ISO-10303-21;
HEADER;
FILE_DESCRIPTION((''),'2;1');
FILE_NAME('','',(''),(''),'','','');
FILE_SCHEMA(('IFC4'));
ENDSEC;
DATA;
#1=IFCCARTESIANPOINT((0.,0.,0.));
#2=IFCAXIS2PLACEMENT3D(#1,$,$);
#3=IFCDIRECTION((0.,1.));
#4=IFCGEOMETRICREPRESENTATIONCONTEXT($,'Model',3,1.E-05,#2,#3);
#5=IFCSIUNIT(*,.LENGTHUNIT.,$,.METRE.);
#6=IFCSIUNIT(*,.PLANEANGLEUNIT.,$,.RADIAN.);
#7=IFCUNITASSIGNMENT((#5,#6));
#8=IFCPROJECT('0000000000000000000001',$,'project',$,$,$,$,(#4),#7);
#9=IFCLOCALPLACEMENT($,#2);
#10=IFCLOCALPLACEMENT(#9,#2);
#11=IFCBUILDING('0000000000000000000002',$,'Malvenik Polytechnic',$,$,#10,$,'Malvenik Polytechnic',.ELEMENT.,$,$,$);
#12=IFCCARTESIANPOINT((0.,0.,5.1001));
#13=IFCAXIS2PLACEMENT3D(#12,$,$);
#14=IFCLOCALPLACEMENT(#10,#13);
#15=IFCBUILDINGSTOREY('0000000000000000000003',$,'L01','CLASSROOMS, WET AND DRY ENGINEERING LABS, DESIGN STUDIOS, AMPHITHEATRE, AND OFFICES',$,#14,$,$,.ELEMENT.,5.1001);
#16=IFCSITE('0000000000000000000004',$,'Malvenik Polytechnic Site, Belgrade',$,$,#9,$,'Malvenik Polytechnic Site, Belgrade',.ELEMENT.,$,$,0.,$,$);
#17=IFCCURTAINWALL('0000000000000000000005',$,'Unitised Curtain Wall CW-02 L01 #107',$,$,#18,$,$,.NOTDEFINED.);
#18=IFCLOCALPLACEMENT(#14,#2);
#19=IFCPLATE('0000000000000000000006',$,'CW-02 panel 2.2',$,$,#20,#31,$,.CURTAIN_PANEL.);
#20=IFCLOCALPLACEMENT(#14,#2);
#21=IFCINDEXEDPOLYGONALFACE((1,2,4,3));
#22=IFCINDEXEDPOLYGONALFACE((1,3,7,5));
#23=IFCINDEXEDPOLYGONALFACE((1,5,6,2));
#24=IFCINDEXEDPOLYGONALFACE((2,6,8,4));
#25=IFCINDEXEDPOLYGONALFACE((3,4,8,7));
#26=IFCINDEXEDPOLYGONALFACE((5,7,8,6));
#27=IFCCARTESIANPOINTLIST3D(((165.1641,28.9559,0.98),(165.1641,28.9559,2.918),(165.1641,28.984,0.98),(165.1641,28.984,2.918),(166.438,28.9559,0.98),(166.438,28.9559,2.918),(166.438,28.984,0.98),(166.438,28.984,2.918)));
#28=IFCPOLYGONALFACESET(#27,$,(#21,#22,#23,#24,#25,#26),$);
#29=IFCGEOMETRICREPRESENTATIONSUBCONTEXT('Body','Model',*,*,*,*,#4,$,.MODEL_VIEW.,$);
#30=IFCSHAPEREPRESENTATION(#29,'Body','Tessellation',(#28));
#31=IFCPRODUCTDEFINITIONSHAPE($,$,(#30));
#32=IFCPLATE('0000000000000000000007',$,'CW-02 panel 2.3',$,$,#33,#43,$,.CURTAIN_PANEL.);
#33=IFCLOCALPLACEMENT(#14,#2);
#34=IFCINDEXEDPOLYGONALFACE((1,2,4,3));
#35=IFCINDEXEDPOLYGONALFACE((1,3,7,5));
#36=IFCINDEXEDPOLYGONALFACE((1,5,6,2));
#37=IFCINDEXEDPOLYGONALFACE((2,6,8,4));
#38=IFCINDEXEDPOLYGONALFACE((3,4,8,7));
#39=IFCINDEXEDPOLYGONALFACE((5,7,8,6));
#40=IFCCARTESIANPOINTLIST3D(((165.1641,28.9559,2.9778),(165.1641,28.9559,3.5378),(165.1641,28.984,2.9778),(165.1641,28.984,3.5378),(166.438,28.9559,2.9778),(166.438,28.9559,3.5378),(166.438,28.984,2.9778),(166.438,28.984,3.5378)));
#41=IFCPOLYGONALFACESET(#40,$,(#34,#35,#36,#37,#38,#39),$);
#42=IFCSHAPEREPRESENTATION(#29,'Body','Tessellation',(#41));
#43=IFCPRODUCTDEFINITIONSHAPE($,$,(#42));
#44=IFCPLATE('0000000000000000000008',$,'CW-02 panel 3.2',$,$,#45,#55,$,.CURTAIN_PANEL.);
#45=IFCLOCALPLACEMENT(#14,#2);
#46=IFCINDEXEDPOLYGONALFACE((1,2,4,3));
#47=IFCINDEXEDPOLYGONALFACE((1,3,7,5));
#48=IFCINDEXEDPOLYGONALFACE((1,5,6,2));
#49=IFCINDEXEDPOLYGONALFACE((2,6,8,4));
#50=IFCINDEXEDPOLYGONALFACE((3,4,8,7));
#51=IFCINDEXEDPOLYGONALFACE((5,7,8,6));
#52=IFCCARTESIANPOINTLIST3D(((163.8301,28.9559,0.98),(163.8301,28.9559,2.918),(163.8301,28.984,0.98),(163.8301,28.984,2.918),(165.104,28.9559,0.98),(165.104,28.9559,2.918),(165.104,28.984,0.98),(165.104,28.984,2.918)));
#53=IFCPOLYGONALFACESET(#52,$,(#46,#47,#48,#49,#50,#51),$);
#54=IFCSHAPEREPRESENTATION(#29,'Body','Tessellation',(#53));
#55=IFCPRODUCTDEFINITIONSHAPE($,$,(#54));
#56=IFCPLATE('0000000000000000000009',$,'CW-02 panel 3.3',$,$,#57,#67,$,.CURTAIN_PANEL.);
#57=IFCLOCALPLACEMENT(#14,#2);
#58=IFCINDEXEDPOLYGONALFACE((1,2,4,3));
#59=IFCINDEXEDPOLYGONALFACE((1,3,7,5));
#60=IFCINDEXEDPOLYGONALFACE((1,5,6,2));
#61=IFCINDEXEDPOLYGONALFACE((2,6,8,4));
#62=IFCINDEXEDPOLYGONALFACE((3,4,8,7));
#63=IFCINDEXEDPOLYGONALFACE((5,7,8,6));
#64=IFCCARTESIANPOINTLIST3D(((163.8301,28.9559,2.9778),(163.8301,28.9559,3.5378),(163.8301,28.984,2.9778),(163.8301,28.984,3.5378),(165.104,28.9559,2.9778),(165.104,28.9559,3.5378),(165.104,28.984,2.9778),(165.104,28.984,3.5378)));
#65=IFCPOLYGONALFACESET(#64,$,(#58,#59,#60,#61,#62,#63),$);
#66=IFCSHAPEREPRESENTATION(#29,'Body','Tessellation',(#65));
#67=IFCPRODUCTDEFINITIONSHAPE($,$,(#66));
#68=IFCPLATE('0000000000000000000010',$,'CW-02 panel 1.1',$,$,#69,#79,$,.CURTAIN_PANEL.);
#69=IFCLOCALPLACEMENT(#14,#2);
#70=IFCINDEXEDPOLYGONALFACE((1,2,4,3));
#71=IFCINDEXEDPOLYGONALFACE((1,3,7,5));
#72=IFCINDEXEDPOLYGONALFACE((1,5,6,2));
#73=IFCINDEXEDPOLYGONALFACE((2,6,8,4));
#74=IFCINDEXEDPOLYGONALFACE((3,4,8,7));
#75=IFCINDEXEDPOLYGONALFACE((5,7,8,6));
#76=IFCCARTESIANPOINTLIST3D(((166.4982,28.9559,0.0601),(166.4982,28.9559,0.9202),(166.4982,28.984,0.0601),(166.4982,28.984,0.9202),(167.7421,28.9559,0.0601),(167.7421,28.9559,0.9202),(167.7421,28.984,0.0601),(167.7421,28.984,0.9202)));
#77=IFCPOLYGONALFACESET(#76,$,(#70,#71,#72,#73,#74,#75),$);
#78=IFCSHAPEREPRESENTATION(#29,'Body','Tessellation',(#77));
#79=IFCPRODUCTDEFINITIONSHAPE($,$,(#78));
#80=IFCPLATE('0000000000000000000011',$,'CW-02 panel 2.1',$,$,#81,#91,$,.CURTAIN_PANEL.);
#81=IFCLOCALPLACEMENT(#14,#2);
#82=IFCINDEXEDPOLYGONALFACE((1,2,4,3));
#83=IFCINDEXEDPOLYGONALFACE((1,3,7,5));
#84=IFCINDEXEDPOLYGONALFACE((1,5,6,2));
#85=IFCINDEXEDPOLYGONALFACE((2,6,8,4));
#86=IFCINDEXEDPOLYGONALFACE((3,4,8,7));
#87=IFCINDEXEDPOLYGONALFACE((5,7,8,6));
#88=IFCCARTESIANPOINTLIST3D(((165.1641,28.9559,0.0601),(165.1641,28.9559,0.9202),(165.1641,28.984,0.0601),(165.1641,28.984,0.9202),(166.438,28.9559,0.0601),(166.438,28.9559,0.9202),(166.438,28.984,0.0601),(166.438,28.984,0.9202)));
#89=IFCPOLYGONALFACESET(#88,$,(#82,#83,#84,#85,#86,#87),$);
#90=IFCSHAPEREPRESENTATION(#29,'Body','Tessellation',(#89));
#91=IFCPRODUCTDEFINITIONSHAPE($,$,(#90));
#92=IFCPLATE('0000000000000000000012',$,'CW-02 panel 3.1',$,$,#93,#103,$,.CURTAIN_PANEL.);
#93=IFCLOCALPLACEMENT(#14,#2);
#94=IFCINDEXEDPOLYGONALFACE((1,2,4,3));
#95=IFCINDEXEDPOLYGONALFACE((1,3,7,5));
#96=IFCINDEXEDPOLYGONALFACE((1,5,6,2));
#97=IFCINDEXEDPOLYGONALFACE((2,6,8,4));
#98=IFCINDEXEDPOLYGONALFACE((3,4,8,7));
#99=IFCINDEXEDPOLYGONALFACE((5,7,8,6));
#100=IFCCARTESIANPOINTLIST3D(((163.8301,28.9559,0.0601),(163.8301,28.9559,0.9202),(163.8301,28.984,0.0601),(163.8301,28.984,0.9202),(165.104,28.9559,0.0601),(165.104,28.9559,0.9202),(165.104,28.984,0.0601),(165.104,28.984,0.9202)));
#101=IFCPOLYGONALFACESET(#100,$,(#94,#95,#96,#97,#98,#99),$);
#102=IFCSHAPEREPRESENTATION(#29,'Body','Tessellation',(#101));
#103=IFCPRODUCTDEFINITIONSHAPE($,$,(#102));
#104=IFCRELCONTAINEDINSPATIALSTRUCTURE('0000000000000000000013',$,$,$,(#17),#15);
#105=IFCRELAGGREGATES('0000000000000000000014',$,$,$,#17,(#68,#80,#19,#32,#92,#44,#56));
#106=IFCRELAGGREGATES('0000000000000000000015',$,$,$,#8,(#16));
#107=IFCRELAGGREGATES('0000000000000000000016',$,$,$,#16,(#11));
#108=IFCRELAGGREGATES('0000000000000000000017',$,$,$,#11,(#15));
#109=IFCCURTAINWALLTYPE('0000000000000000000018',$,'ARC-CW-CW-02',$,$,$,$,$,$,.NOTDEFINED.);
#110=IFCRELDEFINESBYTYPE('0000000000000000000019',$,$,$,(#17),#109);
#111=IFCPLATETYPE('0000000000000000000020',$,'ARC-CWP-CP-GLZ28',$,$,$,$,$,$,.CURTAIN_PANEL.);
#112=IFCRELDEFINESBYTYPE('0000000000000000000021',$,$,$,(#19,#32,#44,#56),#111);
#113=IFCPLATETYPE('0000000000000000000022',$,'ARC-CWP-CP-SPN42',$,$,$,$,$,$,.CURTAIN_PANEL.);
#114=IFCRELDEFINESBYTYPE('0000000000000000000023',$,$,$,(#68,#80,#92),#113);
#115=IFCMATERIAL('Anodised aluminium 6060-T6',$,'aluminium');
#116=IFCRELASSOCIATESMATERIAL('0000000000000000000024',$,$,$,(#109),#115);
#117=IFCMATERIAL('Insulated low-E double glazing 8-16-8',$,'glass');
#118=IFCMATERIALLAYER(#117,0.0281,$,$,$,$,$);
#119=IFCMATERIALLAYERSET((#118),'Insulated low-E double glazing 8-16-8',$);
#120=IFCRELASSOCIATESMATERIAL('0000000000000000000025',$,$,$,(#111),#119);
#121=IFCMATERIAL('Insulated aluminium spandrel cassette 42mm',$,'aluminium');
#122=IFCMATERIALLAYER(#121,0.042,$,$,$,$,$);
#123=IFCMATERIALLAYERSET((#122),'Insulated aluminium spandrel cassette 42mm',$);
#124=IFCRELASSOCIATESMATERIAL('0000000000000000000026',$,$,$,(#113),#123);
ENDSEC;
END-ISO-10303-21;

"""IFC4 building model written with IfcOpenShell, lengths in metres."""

from ifc_helpers import new_model, si_unit, direction, frame, origin, origin_2d, place, context, subcontext, project, spatial, rectangle, extrude, material, layer, layer_set, type_object, element, aggregate, save


model = new_model("IFC4")

# Units and contexts
model_context = context("Model", 3, precision=1e-05, world=origin(), true_north=direction((0.0, 1.0)))
body_context = subcontext(model_context, "Body", "Model", "MODEL_VIEW")
ifc_project = project(units=[si_unit("LENGTHUNIT", "METRE"), si_unit("PLANEANGLEUNIT", "RADIAN")], contexts=[model_context])

# Site, building, storey
site_placement = place(None, origin())
site = spatial("IfcSite", under=ifc_project, at=site_placement, Name="Malvenik Polytechnic Site, Belgrade", LongName="Malvenik Polytechnic Site, Belgrade", CompositionType="ELEMENT", RefElevation=0.0)
building_placement = place(site_placement, origin())
building = spatial("IfcBuilding", under=site, at=building_placement, Name="Malvenik Polytechnic", LongName="Malvenik Polytechnic", CompositionType="ELEMENT")
storey_placement = place(building_placement, frame((0.0, 0.0, 5.1001)))
storey = spatial("IfcBuildingStorey", under=building, at=storey_placement, Name="L01", Description="CLASSROOMS, WET AND DRY ENGINEERING LABS, DESIGN STUDIOS, AMPHITHEATRE, AND OFFICES", CompositionType="ELEMENT", Elevation=5.1001)

# Curtain wall, plates
ifc_material_1 = material(Name="Anodised aluminium 6060-T6", Category="aluminium")
curtain_wall_type = type_object("IfcCurtainWallType", Name="ARC-CW-CW-02", PredefinedType="NOTDEFINED", material=ifc_material_1)
curtain_wall_placement = place(storey_placement, origin())
curtain_wall = element("IfcCurtainWall", 1, at=curtain_wall_placement, inside=storey, type_object=curtain_wall_type, Name="Unitised Curtain Wall CW-02 L01 #107", PredefinedType="NOTDEFINED")
ifc_material_2 = material(Name="Insulated low-E double glazing 8-16-8", Category="glass")
ifc_layer_1 = layer(ifc_material_2, 0.0281)
ifc_layer_set_1 = layer_set([ifc_layer_1], Name="Insulated low-E double glazing 8-16-8")
plate_type_1 = type_object("IfcPlateType", Name="ARC-CWP-CP-GLZ28", PredefinedType="CURTAIN_PANEL", material=ifc_layer_set_1)
plate_1_placement = place(storey_placement, frame((165.801, 28.97, 0.98), z_axis=(0.0, 0.0, 1.0), x_axis=(-1.0, 0.0, 0.0)))
plate_1 = element("IfcPlate", 2, at=plate_1_placement, type_object=plate_type_1, Name="CW-02 panel 2.2", PredefinedType="CURTAIN_PANEL", context=body_context, shape_type="SweptSolid", body=[
    extrude(rectangle(XDim=1.2739, YDim=0.0281, at=origin_2d()), origin(), (0.0, 0.0, 1.0), 1.938),
])
plate_2_placement = place(storey_placement, frame((165.801, 28.97, 2.9778), z_axis=(0.0, 0.0, 1.0), x_axis=(-1.0, 0.0, 0.0)))
plate_2 = element("IfcPlate", 3, at=plate_2_placement, type_object=plate_type_1, Name="CW-02 panel 2.3", PredefinedType="CURTAIN_PANEL", context=body_context, shape_type="SweptSolid", body=[
    extrude(rectangle(XDim=1.2739, YDim=0.0281, at=origin_2d()), origin(), (0.0, 0.0, 1.0), 0.5601),
])
plate_3_placement = place(storey_placement, frame((164.467, 28.97, 0.98), z_axis=(0.0, 0.0, 1.0), x_axis=(-1.0, 0.0, 0.0)))
plate_3 = element("IfcPlate", 4, at=plate_3_placement, type_object=plate_type_1, Name="CW-02 panel 3.2", PredefinedType="CURTAIN_PANEL", context=body_context, shape_type="SweptSolid", body=[
    extrude(rectangle(XDim=1.2739, YDim=0.0281, at=origin_2d()), origin(), (0.0, 0.0, 1.0), 1.938),
])
plate_4_placement = place(storey_placement, frame((164.467, 28.97, 2.9778), z_axis=(0.0, 0.0, 1.0), x_axis=(-1.0, 0.0, 0.0)))
plate_4 = element("IfcPlate", 5, at=plate_4_placement, type_object=plate_type_1, Name="CW-02 panel 3.3", PredefinedType="CURTAIN_PANEL", context=body_context, shape_type="SweptSolid", body=[
    extrude(rectangle(XDim=1.2739, YDim=0.0281, at=origin_2d()), origin(), (0.0, 0.0, 1.0), 0.5601),
])
ifc_material_3 = material(Name="Insulated aluminium spandrel cassette 42mm", Category="aluminium")
ifc_layer_2 = layer(ifc_material_3, 0.042)
ifc_layer_set_2 = layer_set([ifc_layer_2], Name="Insulated aluminium spandrel cassette 42mm")
plate_type_2 = type_object("IfcPlateType", Name="ARC-CWP-CP-SPN42", PredefinedType="CURTAIN_PANEL", material=ifc_layer_set_2)
plate_5_placement = place(storey_placement, frame((167.1201, 28.97, 0.0601), z_axis=(0.0, 0.0, 1.0), x_axis=(-1.0, 0.0, 0.0)))
plate_5 = element("IfcPlate", 6, at=plate_5_placement, type_object=plate_type_2, Name="CW-02 panel 1.1", PredefinedType="CURTAIN_PANEL", context=body_context, shape_type="SweptSolid", body=[
    extrude(rectangle(XDim=1.2439, YDim=0.0281, at=origin_2d()), origin(), (0.0, 0.0, 1.0), 0.8601),
])
plate_6_placement = place(storey_placement, frame((165.801, 28.97, 0.0601), z_axis=(0.0, 0.0, 1.0), x_axis=(-1.0, 0.0, 0.0)))
plate_6 = element("IfcPlate", 7, at=plate_6_placement, type_object=plate_type_2, Name="CW-02 panel 2.1", PredefinedType="CURTAIN_PANEL", context=body_context, shape_type="SweptSolid", body=[
    extrude(rectangle(XDim=1.2739, YDim=0.0281, at=origin_2d()), origin(), (0.0, 0.0, 1.0), 0.8601),
])
plate_7_placement = place(storey_placement, frame((164.467, 28.97, 0.0601), z_axis=(0.0, 0.0, 1.0), x_axis=(-1.0, 0.0, 0.0)))
plate_7 = element("IfcPlate", 8, at=plate_7_placement, type_object=plate_type_2, Name="CW-02 panel 3.1", PredefinedType="CURTAIN_PANEL", context=body_context, shape_type="SweptSolid", body=[
    extrude(rectangle(XDim=1.2739, YDim=0.0281, at=origin_2d()), origin(), (0.0, 0.0, 1.0), 0.8601),
])
aggregate(curtain_wall, [plate_5, plate_6, plate_1, plate_2, plate_7, plate_3, plate_4])

save(model, "model.ifc")
